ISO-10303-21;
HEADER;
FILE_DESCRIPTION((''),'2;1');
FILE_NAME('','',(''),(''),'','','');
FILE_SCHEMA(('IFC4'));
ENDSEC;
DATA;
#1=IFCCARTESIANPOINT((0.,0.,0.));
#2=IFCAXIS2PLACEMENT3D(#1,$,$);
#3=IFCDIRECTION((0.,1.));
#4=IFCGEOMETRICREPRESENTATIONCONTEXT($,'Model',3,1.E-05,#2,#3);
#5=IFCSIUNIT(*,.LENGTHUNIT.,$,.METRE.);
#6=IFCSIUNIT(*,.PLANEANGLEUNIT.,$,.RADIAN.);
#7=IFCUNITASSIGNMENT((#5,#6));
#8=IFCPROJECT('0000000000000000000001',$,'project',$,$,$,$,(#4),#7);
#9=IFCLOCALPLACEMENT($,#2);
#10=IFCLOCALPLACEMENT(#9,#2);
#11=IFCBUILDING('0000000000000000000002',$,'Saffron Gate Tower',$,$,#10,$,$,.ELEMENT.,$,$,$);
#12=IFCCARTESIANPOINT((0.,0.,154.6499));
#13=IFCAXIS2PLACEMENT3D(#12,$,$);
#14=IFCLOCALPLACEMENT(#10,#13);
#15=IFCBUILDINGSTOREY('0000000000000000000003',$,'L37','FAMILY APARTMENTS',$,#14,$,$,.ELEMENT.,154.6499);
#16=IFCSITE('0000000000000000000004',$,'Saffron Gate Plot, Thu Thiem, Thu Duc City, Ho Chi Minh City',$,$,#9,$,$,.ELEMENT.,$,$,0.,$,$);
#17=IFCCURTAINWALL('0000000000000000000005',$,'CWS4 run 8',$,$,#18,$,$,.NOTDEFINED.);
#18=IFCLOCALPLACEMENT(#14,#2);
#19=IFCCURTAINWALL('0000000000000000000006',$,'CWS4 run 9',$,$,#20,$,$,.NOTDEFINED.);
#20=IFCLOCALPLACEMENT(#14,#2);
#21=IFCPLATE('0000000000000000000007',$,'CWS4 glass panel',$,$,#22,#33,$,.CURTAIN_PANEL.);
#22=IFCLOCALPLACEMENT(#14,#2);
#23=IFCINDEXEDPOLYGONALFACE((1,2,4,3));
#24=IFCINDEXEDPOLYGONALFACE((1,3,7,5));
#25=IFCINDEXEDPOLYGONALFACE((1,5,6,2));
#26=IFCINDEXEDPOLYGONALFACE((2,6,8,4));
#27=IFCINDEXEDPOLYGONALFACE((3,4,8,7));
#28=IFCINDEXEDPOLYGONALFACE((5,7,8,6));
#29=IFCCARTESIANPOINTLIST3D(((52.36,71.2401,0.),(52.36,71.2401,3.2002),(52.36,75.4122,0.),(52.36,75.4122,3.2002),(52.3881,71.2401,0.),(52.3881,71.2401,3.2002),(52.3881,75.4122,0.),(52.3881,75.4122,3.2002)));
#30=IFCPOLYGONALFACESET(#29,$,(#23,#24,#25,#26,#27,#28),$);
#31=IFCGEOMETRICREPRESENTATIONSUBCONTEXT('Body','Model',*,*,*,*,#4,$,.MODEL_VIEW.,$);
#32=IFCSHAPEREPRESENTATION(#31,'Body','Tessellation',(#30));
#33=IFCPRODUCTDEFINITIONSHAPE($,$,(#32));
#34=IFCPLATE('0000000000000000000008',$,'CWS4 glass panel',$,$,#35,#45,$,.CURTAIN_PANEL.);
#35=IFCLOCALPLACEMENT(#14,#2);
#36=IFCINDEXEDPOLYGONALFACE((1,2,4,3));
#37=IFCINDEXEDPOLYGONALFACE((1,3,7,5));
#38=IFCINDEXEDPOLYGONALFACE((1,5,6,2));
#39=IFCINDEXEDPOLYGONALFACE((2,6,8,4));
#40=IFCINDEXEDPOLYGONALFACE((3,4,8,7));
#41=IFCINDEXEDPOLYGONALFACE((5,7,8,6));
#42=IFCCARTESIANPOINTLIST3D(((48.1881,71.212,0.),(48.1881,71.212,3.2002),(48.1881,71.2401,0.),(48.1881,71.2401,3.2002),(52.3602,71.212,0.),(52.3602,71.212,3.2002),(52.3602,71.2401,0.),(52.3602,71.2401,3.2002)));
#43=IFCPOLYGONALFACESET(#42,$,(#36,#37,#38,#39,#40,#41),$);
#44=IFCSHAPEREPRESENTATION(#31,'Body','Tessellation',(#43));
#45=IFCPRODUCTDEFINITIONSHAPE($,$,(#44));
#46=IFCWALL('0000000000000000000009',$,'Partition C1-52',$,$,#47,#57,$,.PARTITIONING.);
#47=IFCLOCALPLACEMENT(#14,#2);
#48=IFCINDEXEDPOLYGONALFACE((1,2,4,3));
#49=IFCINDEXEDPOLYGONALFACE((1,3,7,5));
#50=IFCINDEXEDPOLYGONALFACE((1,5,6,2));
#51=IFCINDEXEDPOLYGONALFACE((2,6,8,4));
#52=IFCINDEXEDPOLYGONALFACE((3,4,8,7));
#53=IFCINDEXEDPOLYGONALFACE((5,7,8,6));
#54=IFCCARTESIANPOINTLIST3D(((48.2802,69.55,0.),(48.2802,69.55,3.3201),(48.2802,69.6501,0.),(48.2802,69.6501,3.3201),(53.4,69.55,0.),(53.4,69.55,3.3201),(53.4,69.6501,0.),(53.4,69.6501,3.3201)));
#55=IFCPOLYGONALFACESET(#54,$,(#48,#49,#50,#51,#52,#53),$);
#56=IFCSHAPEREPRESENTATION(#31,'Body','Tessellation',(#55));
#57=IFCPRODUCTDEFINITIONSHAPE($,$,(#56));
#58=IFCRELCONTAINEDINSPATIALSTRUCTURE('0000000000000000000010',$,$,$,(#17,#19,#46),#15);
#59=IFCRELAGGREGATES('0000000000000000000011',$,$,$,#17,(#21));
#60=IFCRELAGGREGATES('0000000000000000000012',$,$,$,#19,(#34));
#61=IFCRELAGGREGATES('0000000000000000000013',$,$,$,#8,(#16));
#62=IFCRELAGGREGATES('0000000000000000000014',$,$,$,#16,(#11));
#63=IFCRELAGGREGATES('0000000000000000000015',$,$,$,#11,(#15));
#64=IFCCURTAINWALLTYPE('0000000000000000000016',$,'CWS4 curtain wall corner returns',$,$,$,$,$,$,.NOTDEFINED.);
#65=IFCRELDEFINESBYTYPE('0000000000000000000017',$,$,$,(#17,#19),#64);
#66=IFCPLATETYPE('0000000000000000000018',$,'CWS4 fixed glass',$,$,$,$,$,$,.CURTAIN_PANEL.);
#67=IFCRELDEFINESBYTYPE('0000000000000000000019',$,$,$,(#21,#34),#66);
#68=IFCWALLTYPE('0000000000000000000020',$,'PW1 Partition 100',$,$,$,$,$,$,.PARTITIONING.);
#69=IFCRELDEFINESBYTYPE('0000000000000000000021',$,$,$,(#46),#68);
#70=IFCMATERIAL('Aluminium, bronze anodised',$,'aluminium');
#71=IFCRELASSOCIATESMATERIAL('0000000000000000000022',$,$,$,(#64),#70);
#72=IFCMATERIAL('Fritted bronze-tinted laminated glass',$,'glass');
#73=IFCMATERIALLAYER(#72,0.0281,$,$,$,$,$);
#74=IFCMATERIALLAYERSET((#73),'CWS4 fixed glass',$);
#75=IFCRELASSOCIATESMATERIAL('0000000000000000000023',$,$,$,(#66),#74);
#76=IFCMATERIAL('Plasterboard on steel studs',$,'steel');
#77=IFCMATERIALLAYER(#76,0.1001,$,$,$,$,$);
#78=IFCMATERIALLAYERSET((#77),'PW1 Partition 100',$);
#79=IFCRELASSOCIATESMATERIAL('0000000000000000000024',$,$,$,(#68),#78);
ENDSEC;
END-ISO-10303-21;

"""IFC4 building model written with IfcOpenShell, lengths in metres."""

from ifc_helpers import new_model, si_unit, direction, frame, frame_2d, origin, place, context, subcontext, project, spatial, rectangle, extrude, material, layer, layer_set, type_object, element, aggregate, save


model = new_model("IFC4")

# Units and contexts
model_context = context("Model", 3, precision=1e-05, world=origin(), true_north=direction((0.0, 1.0)))
body_context = subcontext(model_context, "Body", "Model", "MODEL_VIEW")
ifc_project = project(units=[si_unit("LENGTHUNIT", "METRE"), si_unit("PLANEANGLEUNIT", "RADIAN")], contexts=[model_context])

# Site, building, storey
site_placement = place(None, origin())
site = spatial("IfcSite", under=ifc_project, at=site_placement, Name="Saffron Gate Plot, Thu Thiem, Thu Duc City, Ho Chi Minh City", CompositionType="ELEMENT", RefElevation=0.0)
building_placement = place(site_placement, origin())
building = spatial("IfcBuilding", under=site, at=building_placement, Name="Saffron Gate Tower", CompositionType="ELEMENT")
storey_placement = place(building_placement, frame((0.0, 0.0, 154.6499)))
storey = spatial("IfcBuildingStorey", under=building, at=storey_placement, Name="L37", Description="FAMILY APARTMENTS", CompositionType="ELEMENT", Elevation=154.6499)

# Shared definitions
ifc_material_1 = material(Name="Aluminium, bronze anodised", Category="aluminium")

# Curtain walls
curtain_wall_type_1 = type_object("IfcCurtainWallType", Name="CWS4 curtain wall corner returns", PredefinedType="NOTDEFINED", material=ifc_material_1)
curtain_wall_1_placement = place(storey_placement, origin())
curtain_wall_1 = element("IfcCurtainWall", 1, at=curtain_wall_1_placement, inside=storey, type_object=curtain_wall_type_1, Name="CWS4 run 8", PredefinedType="NOTDEFINED")
curtain_wall_2_placement = place(storey_placement, origin())
curtain_wall_2 = element("IfcCurtainWall", 2, at=curtain_wall_2_placement, inside=storey, type_object=curtain_wall_type_1, Name="CWS4 run 9", PredefinedType="NOTDEFINED")

# Shared definitions
ifc_material_2 = material(Name="Fritted bronze-tinted laminated glass", Category="glass")

# Plates
ifc_layer_1 = layer(ifc_material_2, 0.0281)
ifc_layer_set_1 = layer_set([ifc_layer_1], Name="CWS4 fixed glass")
plate_type_1 = type_object("IfcPlateType", Name="CWS4 fixed glass", PredefinedType="CURTAIN_PANEL", material=ifc_layer_set_1)
plate_1_placement = place(storey_placement, frame((52.374, 75.4121, 0.0), z_axis=(0.0, 0.0, 1.0), x_axis=(0.0, -1.0, 0.0)))
plate_1 = element("IfcPlate", 3, at=plate_1_placement, type_object=plate_type_1, Name="CWS4 glass panel", PredefinedType="CURTAIN_PANEL", context=body_context, shape_type="SweptSolid", body=[
    extrude(rectangle(XDim=4.1721, YDim=0.0281, at=frame_2d((2.0859, 0.0))), origin(), (0.0, 0.0, 1.0), 3.2002),
])
aggregate(curtain_wall_1, [plate_1])
plate_2_placement = place(storey_placement, frame((52.3601, 71.2261, 0.0), z_axis=(0.0, 0.0, 1.0), x_axis=(-1.0, 0.0, 0.0)))
plate_2 = element("IfcPlate", 4, at=plate_2_placement, type_object=plate_type_1, Name="CWS4 glass panel", PredefinedType="CURTAIN_PANEL", context=body_context, shape_type="SweptSolid", body=[
    extrude(rectangle(XDim=4.1721, YDim=0.0281, at=frame_2d((2.0859, 0.0))), origin(), (0.0, 0.0, 1.0), 3.2002),
])
aggregate(curtain_wall_2, [plate_2])

# Wall
ifc_material_3 = material(Name="Plasterboard on steel studs", Category="steel")
ifc_layer_2 = layer(ifc_material_3, 0.1001)
ifc_layer_set_2 = layer_set([ifc_layer_2], Name="PW1 Partition 100")
wall_type = type_object("IfcWallType", Name="PW1 Partition 100", PredefinedType="PARTITIONING", material=ifc_layer_set_2)
wall_placement = place(storey_placement, frame((48.28, 69.6001, 0.0), z_axis=(0.0, 0.0, 1.0), x_axis=(1.0, 0.0, 0.0)))
element("IfcWall", 5, at=wall_placement, inside=storey, type_object=wall_type, Name="Partition C1-52", PredefinedType="PARTITIONING", context=body_context, shape_type="SweptSolid", body=[
    extrude(rectangle(XDim=5.1199, YDim=0.1001, at=frame_2d((2.5601, 0.0))), origin(), (0.0, 0.0, 1.0), 3.3201),
])

save(model, "model.ifc")
